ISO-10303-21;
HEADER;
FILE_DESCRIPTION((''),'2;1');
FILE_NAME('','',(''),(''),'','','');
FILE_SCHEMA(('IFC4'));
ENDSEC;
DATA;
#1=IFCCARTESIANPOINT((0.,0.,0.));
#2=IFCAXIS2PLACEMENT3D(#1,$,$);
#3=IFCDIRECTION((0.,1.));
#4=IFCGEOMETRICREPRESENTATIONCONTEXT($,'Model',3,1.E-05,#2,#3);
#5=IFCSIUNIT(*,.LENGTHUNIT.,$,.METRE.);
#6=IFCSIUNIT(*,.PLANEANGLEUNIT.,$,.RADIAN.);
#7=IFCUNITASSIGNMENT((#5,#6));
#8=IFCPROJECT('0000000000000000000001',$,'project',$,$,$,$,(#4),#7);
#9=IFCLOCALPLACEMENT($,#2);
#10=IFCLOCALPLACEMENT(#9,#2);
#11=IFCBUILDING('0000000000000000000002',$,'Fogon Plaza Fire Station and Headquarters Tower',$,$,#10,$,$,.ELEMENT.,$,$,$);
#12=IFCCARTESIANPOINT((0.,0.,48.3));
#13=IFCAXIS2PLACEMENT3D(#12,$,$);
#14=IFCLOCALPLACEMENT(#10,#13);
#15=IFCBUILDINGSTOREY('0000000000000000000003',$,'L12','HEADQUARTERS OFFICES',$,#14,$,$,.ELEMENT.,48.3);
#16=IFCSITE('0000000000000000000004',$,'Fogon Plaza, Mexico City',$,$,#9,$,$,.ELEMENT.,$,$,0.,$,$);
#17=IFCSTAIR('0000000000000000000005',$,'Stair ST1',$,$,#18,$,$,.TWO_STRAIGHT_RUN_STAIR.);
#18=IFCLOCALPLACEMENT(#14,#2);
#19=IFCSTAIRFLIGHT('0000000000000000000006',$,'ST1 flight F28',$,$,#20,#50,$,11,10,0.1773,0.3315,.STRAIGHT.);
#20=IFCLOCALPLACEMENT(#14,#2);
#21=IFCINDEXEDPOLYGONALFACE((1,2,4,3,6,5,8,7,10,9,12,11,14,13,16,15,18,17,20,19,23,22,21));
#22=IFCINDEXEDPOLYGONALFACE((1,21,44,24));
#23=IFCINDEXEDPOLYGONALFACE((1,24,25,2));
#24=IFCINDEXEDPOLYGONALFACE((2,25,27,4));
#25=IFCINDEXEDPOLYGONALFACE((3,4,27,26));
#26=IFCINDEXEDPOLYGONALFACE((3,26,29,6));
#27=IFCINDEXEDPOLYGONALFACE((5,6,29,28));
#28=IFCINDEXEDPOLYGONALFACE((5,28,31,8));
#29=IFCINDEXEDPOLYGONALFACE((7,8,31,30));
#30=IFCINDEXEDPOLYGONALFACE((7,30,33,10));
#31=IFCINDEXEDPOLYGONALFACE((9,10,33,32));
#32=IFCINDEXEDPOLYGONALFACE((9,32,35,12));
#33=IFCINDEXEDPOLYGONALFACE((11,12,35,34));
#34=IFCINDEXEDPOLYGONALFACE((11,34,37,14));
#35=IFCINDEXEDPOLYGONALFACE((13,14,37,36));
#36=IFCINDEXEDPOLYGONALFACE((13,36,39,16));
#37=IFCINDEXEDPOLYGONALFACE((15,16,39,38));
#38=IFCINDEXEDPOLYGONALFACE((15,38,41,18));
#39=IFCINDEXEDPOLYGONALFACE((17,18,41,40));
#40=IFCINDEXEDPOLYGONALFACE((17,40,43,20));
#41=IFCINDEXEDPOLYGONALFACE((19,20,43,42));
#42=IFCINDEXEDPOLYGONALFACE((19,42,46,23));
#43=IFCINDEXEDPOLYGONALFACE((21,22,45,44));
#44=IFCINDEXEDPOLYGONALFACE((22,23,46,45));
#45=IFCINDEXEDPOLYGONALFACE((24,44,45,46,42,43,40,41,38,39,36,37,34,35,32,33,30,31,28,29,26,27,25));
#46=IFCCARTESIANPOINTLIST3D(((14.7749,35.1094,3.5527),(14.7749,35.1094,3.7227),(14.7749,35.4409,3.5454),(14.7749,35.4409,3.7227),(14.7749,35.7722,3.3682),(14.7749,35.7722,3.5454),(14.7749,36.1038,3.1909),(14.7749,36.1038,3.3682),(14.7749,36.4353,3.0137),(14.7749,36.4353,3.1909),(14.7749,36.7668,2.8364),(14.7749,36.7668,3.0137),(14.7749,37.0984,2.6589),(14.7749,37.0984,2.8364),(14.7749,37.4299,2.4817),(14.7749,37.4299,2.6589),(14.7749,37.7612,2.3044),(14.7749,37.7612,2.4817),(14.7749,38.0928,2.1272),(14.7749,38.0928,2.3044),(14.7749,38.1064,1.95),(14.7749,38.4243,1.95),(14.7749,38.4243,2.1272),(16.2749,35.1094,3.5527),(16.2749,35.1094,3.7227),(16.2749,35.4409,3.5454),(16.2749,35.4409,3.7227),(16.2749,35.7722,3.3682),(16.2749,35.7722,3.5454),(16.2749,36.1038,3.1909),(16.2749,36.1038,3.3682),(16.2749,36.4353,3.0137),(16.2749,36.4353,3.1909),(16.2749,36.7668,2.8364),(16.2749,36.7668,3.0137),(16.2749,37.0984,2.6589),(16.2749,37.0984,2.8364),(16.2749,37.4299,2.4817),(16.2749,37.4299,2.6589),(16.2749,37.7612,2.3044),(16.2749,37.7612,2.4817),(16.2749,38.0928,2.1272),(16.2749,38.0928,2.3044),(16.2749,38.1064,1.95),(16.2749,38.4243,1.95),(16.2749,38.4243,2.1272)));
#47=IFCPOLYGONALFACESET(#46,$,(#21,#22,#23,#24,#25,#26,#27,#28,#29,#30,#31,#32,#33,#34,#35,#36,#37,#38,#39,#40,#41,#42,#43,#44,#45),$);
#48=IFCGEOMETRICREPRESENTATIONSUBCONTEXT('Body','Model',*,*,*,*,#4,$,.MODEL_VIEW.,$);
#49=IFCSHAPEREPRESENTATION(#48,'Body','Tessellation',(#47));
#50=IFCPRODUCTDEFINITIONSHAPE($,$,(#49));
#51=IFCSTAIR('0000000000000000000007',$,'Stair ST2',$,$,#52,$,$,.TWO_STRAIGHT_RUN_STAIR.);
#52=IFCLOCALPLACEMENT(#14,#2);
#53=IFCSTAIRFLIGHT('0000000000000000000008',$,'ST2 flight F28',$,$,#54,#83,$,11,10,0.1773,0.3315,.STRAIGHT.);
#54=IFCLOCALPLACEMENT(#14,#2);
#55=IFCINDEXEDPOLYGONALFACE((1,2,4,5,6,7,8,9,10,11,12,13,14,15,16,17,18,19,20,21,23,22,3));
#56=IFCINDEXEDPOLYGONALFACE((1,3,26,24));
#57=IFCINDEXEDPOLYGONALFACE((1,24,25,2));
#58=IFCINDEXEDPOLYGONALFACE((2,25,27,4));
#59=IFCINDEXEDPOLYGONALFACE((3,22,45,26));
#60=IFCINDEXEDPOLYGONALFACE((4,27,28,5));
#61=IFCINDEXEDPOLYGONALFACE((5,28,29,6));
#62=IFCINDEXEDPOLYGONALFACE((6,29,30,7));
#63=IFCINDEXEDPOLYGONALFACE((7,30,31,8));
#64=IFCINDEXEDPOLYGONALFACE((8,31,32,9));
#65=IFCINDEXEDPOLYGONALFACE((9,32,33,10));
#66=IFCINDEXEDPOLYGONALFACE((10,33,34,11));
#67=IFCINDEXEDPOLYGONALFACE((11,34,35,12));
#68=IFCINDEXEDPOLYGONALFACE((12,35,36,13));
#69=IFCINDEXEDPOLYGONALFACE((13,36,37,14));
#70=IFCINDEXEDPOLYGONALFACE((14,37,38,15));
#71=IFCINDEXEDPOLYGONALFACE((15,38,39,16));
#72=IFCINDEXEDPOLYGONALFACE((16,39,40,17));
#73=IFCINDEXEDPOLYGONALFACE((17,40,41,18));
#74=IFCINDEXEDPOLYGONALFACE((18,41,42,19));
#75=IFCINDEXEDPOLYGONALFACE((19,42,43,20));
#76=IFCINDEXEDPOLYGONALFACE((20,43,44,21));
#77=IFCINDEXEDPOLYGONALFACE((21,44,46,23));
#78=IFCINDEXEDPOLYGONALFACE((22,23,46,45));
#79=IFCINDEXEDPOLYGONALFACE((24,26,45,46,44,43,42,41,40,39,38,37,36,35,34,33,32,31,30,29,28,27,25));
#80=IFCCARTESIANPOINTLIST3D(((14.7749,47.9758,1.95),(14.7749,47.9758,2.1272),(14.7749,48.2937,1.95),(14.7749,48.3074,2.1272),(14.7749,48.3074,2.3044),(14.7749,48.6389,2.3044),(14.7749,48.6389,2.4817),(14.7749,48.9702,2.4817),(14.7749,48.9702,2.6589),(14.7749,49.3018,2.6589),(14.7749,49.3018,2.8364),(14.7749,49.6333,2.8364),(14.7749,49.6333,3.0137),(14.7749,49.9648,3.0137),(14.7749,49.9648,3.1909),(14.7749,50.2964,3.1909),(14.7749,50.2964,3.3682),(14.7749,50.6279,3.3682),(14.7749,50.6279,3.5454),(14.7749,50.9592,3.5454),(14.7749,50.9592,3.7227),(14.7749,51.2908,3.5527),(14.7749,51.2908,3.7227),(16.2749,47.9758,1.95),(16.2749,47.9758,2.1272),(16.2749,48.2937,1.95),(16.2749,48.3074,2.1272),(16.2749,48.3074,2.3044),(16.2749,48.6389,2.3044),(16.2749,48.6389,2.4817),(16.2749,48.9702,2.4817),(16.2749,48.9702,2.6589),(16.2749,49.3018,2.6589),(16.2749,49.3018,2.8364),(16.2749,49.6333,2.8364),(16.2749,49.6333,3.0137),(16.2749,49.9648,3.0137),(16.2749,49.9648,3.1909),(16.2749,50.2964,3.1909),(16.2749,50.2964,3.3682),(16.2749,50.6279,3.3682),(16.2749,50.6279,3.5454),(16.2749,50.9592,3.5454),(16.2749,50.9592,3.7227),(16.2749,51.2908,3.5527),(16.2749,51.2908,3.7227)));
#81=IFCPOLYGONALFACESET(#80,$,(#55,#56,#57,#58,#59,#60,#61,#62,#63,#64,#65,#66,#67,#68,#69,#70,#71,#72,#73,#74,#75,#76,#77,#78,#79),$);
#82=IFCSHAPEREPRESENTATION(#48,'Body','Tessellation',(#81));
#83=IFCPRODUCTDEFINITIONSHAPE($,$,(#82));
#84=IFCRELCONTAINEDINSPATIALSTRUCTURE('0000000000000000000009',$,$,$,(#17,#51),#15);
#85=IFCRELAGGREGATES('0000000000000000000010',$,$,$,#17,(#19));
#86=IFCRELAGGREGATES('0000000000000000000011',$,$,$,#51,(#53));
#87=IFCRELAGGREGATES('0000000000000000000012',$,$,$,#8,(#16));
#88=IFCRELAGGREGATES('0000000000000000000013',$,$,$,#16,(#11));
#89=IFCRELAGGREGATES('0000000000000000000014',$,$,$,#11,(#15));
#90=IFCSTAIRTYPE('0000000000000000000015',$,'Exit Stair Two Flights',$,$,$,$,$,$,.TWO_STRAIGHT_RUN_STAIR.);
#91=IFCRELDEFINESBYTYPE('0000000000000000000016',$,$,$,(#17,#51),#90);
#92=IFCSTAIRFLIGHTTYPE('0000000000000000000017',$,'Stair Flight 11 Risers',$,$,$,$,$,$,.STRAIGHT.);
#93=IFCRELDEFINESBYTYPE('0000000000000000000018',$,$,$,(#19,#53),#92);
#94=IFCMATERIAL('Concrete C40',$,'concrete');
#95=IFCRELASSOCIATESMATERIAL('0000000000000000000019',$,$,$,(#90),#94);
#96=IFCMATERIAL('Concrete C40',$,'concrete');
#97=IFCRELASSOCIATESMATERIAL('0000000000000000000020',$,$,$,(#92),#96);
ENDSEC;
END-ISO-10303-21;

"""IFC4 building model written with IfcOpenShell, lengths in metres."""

from ifc_helpers import new_model, si_unit, direction, frame, origin, place, context, subcontext, project, spatial, polyline, outline, extrude, material, type_object, element, aggregate, save


model = new_model("IFC4")

# Units and contexts
model_context = context("Model", 3, precision=1e-05, world=origin(), true_north=direction((0.0, 1.0)))
body_context = subcontext(model_context, "Body", "Model", "MODEL_VIEW")
ifc_project = project(units=[si_unit("LENGTHUNIT", "METRE"), si_unit("PLANEANGLEUNIT", "RADIAN")], contexts=[model_context])

# Site, building, storey
site_placement = place(None, origin())
site = spatial("IfcSite", under=ifc_project, at=site_placement, Name="Fogon Plaza, Mexico City", CompositionType="ELEMENT", RefElevation=0.0)
building_placement = place(site_placement, origin())
building = spatial("IfcBuilding", under=site, at=building_placement, Name="Fogon Plaza Fire Station and Headquarters Tower", CompositionType="ELEMENT")
storey_placement = place(building_placement, frame((0.0, 0.0, 48.3)))
storey = spatial("IfcBuildingStorey", under=building, at=storey_placement, Name="L12", Description="HEADQUARTERS OFFICES", CompositionType="ELEMENT", Elevation=48.3)

# Stairs, stair flights
ifc_material_1 = material(Name="Concrete C40", Category="concrete")
stair_type = type_object("IfcStairType", Name="Exit Stair Two Flights", PredefinedType="TWO_STRAIGHT_RUN_STAIR", material=ifc_material_1)
stair_1_placement = place(storey_placement, origin())
stair_1 = element("IfcStair", 1, at=stair_1_placement, inside=storey, type_object=stair_type, Name="Stair ST1", PredefinedType="TWO_STRAIGHT_RUN_STAIR")
ifc_material_2 = material(Name="Concrete C40", Category="concrete")
stair_flight_type = type_object("IfcStairFlightType", Name="Stair Flight 11 Risers", PredefinedType="STRAIGHT", material=ifc_material_2)
stair_flight_1_placement = place(storey_placement, frame((15.5249, 38.4243, 1.95), z_axis=(0.0, 0.0, 1.0), x_axis=(0.0, -1.0, 0.0)))
stair_flight_1 = element("IfcStairFlight", 2, at=stair_flight_1_placement, type_object=stair_flight_type, Name="ST1 flight F28", NumberOfRisers=11, NumberOfTreads=10, PredefinedType="STRAIGHT", RiserHeight=0.1773, TreadLength=0.3315, context=body_context, shape_type="SweptSolid", body=[
    extrude(outline(polyline([(0.0, 0.0), (0.0, 0.1772), (0.3315, 0.1772), (0.3315, 0.3545), (0.6631, 0.3545), (0.6631, 0.5317), (0.9944, 0.5317), (0.9944, 0.709), (1.3259, 0.709), (1.3259, 0.8865), (1.6575, 0.8865), (1.6575, 1.0637), (1.989, 1.0637), (1.989, 1.241), (2.3206, 1.241), (2.3206, 1.4182), (2.6521, 1.4182), (2.6521, 1.5955), (2.9834, 1.5955), (2.9834, 1.7727), (3.3149, 1.7727), (3.3149, 1.95), (3.3149, 1.6028), (0.3179, 0.0), (0.0, 0.0)])), frame((0.0, 0.75, 0.0), z_axis=(0.0, -1.0, 0.0), x_axis=(1.0, 0.0, 0.0)), (0.0, 0.0, 1.0), 1.5),
])
aggregate(stair_1, [stair_flight_1])
stair_2_placement = place(storey_placement, origin())
stair_2 = element("IfcStair", 3, at=stair_2_placement, inside=storey, type_object=stair_type, Name="Stair ST2", PredefinedType="TWO_STRAIGHT_RUN_STAIR")
stair_flight_2_placement = place(storey_placement, frame((15.5249, 47.9758, 1.95), z_axis=(0.0, 0.0, 1.0), x_axis=(0.0, 1.0, 0.0)))
stair_flight_2 = element("IfcStairFlight", 4, at=stair_flight_2_placement, type_object=stair_flight_type, Name="ST2 flight F28", NumberOfRisers=11, NumberOfTreads=10, PredefinedType="STRAIGHT", RiserHeight=0.1773, TreadLength=0.3315, context=body_context, shape_type="SweptSolid", body=[
    extrude(outline(polyline([(0.0, 0.0), (0.0, 0.1772), (0.3315, 0.1772), (0.3315, 0.3545), (0.6631, 0.3545), (0.6631, 0.5317), (0.9944, 0.5317), (0.9944, 0.709), (1.3259, 0.709), (1.3259, 0.8865), (1.6575, 0.8865), (1.6575, 1.0637), (1.989, 1.0637), (1.989, 1.241), (2.3206, 1.241), (2.3206, 1.4182), (2.6521, 1.4182), (2.6521, 1.5955), (2.9834, 1.5955), (2.9834, 1.7727), (3.3149, 1.7727), (3.3149, 1.95), (3.3149, 1.6028), (0.3179, 0.0), (0.0, 0.0)])), frame((0.0, 0.75, 0.0), z_axis=(0.0, -1.0, 0.0), x_axis=(1.0, 0.0, 0.0)), (0.0, 0.0, 1.0), 1.5),
])
aggregate(stair_2, [stair_flight_2])

save(model, "model.ifc")
